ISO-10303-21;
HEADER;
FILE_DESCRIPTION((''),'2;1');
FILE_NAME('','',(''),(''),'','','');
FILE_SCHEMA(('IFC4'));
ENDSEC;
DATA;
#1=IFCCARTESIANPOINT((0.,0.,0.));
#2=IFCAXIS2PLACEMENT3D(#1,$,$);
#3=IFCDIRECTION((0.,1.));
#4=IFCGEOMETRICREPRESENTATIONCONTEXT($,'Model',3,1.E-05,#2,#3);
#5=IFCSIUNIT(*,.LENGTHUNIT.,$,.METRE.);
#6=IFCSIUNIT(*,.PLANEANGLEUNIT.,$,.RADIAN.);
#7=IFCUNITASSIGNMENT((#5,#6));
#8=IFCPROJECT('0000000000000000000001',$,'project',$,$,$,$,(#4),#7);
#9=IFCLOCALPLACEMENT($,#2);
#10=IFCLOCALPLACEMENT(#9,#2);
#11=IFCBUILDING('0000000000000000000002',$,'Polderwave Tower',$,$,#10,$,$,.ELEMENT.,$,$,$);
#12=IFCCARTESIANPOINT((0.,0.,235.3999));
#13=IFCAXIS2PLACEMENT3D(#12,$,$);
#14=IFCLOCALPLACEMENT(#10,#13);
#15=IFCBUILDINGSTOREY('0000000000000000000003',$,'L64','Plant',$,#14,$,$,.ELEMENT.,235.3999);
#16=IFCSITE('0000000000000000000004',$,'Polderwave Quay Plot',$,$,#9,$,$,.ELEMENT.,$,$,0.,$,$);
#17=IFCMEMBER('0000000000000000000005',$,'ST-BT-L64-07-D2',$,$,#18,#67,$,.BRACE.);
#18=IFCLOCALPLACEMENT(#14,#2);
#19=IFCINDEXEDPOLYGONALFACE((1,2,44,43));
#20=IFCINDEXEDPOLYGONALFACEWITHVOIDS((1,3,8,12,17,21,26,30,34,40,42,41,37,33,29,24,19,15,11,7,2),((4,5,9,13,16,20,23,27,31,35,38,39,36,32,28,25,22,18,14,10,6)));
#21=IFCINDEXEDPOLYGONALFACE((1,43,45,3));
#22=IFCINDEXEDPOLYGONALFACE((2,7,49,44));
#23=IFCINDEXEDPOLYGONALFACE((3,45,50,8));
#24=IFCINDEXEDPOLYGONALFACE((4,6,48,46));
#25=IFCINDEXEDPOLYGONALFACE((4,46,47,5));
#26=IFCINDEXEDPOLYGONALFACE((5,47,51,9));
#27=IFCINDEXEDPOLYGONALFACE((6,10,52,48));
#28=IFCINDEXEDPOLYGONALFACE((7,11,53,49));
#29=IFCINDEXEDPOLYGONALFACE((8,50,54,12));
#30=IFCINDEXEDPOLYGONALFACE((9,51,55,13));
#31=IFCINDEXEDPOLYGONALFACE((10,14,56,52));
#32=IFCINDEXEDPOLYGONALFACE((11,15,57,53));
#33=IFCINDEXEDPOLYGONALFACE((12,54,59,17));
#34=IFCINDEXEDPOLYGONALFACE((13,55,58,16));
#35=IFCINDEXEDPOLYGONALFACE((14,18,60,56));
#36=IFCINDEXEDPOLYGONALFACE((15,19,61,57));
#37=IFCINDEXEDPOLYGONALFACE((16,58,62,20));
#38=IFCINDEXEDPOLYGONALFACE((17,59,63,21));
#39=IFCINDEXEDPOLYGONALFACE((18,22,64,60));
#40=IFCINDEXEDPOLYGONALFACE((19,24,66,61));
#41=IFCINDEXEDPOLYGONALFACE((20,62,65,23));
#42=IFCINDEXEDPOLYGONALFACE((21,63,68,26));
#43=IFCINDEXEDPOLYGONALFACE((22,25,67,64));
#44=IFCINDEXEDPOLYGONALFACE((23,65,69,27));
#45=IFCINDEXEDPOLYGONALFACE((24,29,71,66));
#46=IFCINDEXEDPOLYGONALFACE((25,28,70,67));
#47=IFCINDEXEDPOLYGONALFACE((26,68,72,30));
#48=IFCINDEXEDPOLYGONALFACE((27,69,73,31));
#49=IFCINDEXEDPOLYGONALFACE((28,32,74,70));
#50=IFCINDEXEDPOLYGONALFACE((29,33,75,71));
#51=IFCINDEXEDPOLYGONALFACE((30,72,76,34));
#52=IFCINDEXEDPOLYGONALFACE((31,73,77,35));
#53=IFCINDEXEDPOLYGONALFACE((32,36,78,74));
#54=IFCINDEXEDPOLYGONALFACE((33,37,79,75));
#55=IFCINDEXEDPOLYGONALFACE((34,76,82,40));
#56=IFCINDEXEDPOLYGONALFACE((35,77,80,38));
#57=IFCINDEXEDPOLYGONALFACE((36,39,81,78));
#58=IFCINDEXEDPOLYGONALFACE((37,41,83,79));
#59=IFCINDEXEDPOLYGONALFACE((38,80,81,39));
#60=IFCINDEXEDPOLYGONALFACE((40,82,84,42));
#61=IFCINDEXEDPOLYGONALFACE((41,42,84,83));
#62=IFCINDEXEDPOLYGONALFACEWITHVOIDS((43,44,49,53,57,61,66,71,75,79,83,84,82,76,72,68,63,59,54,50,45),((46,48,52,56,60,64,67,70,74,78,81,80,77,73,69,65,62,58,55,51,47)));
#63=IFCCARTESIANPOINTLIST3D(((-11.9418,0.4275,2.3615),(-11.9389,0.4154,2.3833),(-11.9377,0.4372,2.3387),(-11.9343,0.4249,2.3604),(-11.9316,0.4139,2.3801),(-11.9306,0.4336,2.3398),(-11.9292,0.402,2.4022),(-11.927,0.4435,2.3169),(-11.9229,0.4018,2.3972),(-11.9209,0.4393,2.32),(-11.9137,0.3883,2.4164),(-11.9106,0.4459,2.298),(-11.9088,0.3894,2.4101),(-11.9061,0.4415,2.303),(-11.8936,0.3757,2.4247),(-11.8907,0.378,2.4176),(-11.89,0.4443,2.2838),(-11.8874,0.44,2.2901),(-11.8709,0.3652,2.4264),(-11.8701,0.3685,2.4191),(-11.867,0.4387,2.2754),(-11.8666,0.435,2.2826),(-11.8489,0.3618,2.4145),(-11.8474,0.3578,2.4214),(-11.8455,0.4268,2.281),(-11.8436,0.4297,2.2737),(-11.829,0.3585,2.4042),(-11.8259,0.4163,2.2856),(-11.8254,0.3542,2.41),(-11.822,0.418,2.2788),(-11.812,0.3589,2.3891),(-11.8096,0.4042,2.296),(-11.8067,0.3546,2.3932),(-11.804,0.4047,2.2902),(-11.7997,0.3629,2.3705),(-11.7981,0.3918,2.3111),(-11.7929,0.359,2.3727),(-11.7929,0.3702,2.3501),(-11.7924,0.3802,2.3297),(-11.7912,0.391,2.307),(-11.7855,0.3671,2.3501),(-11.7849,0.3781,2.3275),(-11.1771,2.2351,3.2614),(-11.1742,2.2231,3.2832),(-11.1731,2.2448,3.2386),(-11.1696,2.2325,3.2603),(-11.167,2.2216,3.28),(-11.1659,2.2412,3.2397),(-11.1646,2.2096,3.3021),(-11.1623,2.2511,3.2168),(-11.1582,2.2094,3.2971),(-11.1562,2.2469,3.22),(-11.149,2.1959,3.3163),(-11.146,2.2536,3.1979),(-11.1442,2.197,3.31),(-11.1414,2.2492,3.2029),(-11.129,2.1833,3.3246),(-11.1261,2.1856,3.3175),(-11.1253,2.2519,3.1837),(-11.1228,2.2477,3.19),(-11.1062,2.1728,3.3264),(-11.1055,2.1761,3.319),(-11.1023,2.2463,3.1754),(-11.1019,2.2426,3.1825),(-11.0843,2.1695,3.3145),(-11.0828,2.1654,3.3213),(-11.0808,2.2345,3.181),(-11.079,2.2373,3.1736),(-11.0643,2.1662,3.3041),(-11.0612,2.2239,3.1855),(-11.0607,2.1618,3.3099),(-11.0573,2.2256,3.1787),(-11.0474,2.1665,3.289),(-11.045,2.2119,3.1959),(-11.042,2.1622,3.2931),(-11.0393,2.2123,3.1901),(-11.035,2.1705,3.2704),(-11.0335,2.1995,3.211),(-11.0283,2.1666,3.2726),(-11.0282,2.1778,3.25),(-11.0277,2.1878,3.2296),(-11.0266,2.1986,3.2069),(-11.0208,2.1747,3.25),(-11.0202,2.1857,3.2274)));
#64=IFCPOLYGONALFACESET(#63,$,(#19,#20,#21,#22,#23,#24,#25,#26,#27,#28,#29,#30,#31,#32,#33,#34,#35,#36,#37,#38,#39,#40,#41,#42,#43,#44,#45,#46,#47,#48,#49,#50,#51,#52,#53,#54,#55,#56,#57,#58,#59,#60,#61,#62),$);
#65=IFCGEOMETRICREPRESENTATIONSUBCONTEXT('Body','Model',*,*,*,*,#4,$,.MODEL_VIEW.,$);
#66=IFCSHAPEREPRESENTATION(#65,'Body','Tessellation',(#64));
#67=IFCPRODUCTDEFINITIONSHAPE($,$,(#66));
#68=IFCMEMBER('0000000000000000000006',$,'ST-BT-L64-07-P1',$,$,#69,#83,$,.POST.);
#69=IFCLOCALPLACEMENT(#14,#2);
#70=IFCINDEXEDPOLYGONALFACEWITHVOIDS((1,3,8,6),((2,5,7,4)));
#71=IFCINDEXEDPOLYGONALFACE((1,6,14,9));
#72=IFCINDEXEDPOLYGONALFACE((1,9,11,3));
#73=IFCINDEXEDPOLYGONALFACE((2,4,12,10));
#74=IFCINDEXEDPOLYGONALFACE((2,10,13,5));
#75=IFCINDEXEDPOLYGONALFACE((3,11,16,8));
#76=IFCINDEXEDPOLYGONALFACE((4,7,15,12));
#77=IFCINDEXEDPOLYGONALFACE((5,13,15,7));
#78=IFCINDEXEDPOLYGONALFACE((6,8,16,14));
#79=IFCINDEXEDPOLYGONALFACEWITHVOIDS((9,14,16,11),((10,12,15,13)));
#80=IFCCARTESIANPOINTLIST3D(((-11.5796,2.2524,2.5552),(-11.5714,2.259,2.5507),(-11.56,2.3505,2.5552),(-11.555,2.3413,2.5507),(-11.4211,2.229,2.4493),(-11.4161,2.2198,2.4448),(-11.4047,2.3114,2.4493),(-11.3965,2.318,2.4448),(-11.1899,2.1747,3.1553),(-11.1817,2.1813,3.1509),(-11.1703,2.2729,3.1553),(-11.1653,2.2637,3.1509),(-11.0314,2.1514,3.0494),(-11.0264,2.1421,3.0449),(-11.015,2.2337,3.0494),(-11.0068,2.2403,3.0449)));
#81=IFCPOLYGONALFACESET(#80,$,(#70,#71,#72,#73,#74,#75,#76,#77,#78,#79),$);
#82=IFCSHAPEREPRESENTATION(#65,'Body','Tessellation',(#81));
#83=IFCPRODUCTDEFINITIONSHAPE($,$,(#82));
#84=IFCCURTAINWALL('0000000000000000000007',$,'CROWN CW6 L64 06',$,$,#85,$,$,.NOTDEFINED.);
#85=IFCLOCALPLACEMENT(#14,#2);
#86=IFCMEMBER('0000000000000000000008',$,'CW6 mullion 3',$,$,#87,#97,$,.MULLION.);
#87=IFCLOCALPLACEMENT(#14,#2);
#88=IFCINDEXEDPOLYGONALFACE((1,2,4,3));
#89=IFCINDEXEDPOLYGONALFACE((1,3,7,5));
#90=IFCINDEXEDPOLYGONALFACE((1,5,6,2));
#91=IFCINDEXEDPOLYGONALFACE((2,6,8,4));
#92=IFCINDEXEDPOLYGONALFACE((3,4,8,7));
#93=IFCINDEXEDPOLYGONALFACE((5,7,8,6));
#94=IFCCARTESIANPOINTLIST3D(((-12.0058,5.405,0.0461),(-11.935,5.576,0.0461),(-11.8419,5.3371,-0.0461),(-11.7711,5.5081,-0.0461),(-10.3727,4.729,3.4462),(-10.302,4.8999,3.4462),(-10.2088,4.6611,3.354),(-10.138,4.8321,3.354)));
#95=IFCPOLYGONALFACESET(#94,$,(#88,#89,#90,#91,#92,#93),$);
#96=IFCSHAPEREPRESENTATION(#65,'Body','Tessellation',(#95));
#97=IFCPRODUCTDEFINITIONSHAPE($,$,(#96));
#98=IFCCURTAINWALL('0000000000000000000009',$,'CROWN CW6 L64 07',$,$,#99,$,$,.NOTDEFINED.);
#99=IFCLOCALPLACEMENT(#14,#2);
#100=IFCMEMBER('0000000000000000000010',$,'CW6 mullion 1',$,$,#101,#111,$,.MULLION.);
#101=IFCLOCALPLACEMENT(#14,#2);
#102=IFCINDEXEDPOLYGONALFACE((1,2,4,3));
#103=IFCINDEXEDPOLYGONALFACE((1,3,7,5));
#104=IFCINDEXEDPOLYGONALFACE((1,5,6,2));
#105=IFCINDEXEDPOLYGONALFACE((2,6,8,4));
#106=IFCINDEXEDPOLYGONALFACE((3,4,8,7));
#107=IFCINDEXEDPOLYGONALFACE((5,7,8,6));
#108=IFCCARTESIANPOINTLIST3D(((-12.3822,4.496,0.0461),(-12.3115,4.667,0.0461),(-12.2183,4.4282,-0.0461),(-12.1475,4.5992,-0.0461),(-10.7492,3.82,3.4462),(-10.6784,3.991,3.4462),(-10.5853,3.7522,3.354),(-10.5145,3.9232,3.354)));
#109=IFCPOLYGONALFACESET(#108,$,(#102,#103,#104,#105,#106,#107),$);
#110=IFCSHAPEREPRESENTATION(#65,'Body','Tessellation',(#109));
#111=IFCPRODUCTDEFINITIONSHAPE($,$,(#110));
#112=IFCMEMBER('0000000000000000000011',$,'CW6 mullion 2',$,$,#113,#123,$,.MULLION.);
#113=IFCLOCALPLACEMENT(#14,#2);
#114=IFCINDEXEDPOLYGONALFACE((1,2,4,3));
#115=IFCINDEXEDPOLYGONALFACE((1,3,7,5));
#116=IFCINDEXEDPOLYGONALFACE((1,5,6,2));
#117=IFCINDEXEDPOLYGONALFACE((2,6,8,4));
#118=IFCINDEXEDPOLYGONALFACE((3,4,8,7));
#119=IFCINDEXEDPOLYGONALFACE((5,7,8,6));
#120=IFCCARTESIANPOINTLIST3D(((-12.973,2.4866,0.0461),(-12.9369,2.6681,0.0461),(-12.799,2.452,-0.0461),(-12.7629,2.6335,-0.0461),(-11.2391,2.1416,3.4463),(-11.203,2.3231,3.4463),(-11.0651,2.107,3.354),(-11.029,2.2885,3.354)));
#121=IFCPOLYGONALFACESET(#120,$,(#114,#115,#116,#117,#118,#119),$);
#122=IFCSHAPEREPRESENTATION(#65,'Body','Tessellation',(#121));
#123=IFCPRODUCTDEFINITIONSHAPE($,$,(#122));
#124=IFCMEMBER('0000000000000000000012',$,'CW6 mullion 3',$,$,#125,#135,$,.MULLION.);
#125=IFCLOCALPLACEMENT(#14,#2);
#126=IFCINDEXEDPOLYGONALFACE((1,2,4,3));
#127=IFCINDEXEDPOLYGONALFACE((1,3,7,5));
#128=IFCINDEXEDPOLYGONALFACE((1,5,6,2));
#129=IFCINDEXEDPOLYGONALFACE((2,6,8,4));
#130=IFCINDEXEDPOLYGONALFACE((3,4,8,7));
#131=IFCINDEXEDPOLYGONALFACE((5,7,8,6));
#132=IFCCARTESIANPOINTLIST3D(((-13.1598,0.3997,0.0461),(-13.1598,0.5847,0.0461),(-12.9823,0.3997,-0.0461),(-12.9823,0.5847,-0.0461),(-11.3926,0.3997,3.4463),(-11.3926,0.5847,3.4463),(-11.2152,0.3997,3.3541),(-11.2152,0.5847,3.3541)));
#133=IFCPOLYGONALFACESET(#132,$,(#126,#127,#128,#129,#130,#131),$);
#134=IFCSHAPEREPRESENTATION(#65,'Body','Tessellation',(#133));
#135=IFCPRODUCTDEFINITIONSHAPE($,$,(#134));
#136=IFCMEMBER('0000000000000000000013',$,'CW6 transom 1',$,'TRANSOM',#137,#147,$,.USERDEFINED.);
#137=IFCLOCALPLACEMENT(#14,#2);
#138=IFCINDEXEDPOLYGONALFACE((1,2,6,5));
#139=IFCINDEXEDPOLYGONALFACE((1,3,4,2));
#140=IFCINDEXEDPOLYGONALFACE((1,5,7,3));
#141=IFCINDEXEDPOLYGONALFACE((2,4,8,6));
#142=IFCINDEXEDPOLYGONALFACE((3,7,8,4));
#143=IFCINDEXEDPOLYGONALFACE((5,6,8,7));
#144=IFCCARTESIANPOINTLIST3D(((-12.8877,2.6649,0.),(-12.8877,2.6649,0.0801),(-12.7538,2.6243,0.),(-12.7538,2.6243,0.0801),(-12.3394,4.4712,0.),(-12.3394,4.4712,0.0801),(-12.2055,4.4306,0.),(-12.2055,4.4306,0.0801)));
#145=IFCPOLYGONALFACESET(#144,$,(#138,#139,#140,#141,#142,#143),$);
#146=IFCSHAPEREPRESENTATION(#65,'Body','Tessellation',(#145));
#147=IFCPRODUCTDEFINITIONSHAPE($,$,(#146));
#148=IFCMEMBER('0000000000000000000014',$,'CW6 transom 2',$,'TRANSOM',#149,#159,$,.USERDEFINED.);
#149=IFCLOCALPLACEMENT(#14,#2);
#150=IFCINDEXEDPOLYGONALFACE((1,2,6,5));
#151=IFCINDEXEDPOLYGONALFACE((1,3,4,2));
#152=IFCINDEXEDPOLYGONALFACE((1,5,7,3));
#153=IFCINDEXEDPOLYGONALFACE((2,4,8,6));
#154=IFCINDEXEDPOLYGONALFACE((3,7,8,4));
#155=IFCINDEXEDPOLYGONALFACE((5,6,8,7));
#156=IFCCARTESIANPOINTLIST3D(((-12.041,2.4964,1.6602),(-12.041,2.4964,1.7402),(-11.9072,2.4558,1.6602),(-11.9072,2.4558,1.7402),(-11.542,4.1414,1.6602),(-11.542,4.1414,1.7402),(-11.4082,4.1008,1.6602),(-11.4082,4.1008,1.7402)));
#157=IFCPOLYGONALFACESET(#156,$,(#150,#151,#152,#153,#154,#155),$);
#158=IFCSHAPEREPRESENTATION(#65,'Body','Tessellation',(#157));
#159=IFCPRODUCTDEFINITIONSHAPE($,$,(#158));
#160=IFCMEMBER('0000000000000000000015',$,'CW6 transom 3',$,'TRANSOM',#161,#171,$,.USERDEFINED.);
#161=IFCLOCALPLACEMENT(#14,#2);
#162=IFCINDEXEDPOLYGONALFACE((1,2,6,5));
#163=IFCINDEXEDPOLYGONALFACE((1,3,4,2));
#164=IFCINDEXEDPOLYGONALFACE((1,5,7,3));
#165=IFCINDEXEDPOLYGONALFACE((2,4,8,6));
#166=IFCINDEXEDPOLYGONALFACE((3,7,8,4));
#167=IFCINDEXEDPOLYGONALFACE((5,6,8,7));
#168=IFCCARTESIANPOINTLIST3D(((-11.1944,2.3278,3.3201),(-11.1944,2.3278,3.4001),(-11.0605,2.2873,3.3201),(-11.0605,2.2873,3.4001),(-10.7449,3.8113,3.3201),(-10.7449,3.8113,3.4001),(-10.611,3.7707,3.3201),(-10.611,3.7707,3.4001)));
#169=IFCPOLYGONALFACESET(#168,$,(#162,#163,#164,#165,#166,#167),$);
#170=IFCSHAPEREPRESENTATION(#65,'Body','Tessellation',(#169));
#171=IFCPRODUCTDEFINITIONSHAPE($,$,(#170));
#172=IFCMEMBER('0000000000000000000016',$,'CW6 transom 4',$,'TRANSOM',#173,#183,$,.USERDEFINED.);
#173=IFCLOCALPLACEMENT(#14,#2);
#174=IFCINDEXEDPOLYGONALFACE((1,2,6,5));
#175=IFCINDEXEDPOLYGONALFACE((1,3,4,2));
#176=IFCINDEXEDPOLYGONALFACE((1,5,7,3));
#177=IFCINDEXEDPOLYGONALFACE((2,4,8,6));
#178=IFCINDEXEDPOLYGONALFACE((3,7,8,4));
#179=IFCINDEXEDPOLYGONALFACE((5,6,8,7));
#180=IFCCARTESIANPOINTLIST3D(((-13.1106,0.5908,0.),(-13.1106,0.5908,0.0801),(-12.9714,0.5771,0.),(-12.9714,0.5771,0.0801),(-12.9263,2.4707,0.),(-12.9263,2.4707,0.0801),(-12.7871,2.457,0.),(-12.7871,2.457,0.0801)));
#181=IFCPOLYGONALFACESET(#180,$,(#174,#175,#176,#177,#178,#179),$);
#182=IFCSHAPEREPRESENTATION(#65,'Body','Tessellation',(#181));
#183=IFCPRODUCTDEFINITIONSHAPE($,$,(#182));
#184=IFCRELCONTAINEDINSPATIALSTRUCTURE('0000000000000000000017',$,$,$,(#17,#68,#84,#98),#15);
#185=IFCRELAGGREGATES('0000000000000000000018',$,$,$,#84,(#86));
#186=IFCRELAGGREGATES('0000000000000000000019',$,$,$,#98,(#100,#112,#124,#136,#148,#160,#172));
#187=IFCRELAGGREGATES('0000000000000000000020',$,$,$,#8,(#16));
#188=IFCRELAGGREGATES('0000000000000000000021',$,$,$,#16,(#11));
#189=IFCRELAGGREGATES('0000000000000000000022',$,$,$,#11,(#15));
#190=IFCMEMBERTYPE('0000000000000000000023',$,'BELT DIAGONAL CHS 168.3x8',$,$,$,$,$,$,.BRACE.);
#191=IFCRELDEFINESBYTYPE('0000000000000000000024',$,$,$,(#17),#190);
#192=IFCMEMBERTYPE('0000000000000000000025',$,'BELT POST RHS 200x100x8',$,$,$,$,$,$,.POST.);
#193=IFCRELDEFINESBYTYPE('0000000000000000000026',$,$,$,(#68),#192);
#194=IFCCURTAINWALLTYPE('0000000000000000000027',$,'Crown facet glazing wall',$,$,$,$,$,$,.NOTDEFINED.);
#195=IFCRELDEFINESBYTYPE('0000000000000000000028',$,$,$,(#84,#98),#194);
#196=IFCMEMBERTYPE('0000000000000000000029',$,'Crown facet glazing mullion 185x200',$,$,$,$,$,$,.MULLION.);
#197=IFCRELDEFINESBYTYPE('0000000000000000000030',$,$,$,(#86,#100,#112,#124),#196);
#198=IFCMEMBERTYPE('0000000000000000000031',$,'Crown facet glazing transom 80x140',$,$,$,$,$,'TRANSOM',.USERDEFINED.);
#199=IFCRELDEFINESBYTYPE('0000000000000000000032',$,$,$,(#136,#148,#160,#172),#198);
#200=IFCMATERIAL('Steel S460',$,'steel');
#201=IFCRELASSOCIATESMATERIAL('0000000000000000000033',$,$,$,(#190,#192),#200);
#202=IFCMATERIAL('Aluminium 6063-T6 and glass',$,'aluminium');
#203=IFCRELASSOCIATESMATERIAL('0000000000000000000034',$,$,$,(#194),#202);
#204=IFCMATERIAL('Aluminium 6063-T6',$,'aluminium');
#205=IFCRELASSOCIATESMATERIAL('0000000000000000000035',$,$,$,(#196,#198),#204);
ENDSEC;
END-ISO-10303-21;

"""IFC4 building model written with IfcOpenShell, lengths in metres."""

from ifc_helpers import new_model, si_unit, direction, frame, origin, origin_2d, place, context, subcontext, project, spatial, rectangle, hollow_rectangle, hollow_circle, extrude, material, material_profile, profile_set, type_object, element, aggregate, save


model = new_model("IFC4")

# Units and contexts
model_context = context("Model", 3, precision=1e-05, world=origin(), true_north=direction((0.0, 1.0)))
body_context = subcontext(model_context, "Body", "Model", "MODEL_VIEW")
ifc_project = project(units=[si_unit("LENGTHUNIT", "METRE"), si_unit("PLANEANGLEUNIT", "RADIAN")], contexts=[model_context])

# Site, building, storey
site_placement = place(None, origin())
site = spatial("IfcSite", under=ifc_project, at=site_placement, Name="Polderwave Quay Plot", CompositionType="ELEMENT", RefElevation=0.0)
building_placement = place(site_placement, origin())
building = spatial("IfcBuilding", under=site, at=building_placement, Name="Polderwave Tower", CompositionType="ELEMENT")
storey_placement = place(building_placement, frame((0.0, 0.0, 235.3999)))
storey = spatial("IfcBuildingStorey", under=building, at=storey_placement, Name="L64", Description="Plant", CompositionType="ELEMENT", Elevation=235.3999)

# Members
ifc_material_1 = material(Name="Steel S460", Category="steel")
ifc_material_profile_1 = material_profile(ifc_material_1, hollow_circle(Radius=0.0842, WallThickness=0.0081, at=origin_2d()), Name="CHS 168.3x8")
ifc_profile_set_1 = profile_set([ifc_material_profile_1], Name="Steel S460")
member_type_1 = type_object("IfcMemberType", Name="BELT DIAGONAL CHS 168.3x8", PredefinedType="BRACE", material=ifc_profile_set_1)
for number, where, z_axis, x_axis, name in (
    (1, (-11.0984, 2.2075, 3.25), (-0.354141, -0.837184, -0.416783), (0.920988, -0.389591, 0.0), "ST-BT-L64-07-D2"),
):
    element("IfcMember", number, at=place(storey_placement, frame(where, z_axis=z_axis, x_axis=x_axis)), inside=storey, type_object=member_type_1, Name=name, PredefinedType="BRACE", context=body_context, shape_type="SweptSolid", body=[
        extrude(hollow_circle(Radius=0.0842, WallThickness=0.0081, at=origin_2d()), origin(), (0.0, 0.0, 1.0), 2.1592),
    ])
ifc_material_profile_2 = material_profile(ifc_material_1, hollow_rectangle(XDim=0.1001, YDim=0.2, WallThickness=0.0081, at=origin_2d()), Name="RHS 200x100x8")
ifc_profile_set_2 = profile_set([ifc_material_profile_2], Name="Steel S460")
member_type_2 = type_object("IfcMemberType", Name="BELT POST RHS 200x100x8", PredefinedType="POST", material=ifc_profile_set_2)
member_1_placement = place(storey_placement, frame((-11.488, 2.2852, 2.5), z_axis=(0.541403, -0.107873, 0.833814), x_axis=(0.195407, 0.980722, 0.0)))
element("IfcMember", 2, at=member_1_placement, inside=storey, type_object=member_type_2, Name="ST-BT-L64-07-P1", PredefinedType="POST", context=body_context, shape_type="SweptSolid", body=[
    extrude(hollow_rectangle(XDim=0.1001, YDim=0.2, WallThickness=0.0081, at=origin_2d()), origin(), (0.0, 0.0, 1.0), 0.7197),
])

# Curtain wall, member
ifc_material_2 = material(Name="Aluminium 6063-T6 and glass", Category="aluminium")
curtain_wall_type = type_object("IfcCurtainWallType", Name="Crown facet glazing wall", PredefinedType="NOTDEFINED", material=ifc_material_2)
curtain_wall_1_placement = place(storey_placement, origin())
curtain_wall_1 = element("IfcCurtainWall", 3, at=curtain_wall_1_placement, inside=storey, type_object=curtain_wall_type, Name="CROWN CW6 L64 06", PredefinedType="NOTDEFINED")
ifc_material_3 = material(Name="Aluminium 6063-T6", Category="aluminium")
ifc_material_profile_3 = material_profile(ifc_material_3, rectangle(XDim=0.1851, YDim=0.2, at=origin_2d()), Name="AL 185x200")
ifc_profile_set_3 = profile_set([ifc_material_profile_3], Name="Aluminium 6063-T6")
member_type_3 = type_object("IfcMemberType", Name="Crown facet glazing mullion 185x200", PredefinedType="MULLION", material=ifc_profile_set_3)
member_2_placement = place(storey_placement, frame((-11.8884, 5.4565, 0.0), z_axis=(0.426153, -0.176412, 0.887284), x_axis=(0.382486, 0.923961, 0.0)))
member_2 = element("IfcMember", 4, at=member_2_placement, type_object=member_type_3, Name="CW6 mullion 3", PredefinedType="MULLION", context=body_context, shape_type="SweptSolid", body=[
    extrude(rectangle(XDim=0.1851, YDim=0.2, at=origin_2d()), origin(), (0.0, 0.0, 1.0), 3.832),
])
aggregate(curtain_wall_1, [member_2])

# Curtain wall, members
curtain_wall_2_placement = place(storey_placement, origin())
curtain_wall_2 = element("IfcCurtainWall", 5, at=curtain_wall_2_placement, inside=storey, type_object=curtain_wall_type, Name="CROWN CW6 L64 07", PredefinedType="NOTDEFINED")
member_3_placement = place(storey_placement, frame((-12.2649, 4.5476, 0.0), z_axis=(0.426153, -0.176412, 0.887284), x_axis=(0.382486, 0.923961, 0.0)))
member_3 = element("IfcMember", 6, at=member_3_placement, type_object=member_type_3, Name="CW6 mullion 1", PredefinedType="MULLION", context=body_context, shape_type="SweptSolid", body=[
    extrude(rectangle(XDim=0.1851, YDim=0.2, at=origin_2d()), origin(), (0.0, 0.0, 1.0), 3.832),
])
member_4_placement = place(storey_placement, frame((-12.8679, 2.5601, 0.0), z_axis=(0.452443, -0.090017, 0.887239), x_axis=(0.195133, 0.980777, 0.0)))
member_4 = element("IfcMember", 7, at=member_4_placement, type_object=member_type_3, Name="CW6 mullion 2", PredefinedType="MULLION", context=body_context, shape_type="SweptSolid", body=[
    extrude(rectangle(XDim=0.1851, YDim=0.2, at=origin_2d()), origin(), (0.0, 0.0, 1.0), 3.8323),
])
member_5_placement = place(storey_placement, frame((-13.071, 0.4922, 0.0), z_axis=(0.46115, 0.0, 0.887322), x_axis=(0.0, 1.0, 0.0)))
member_5 = element("IfcMember", 8, at=member_5_placement, type_object=member_type_3, Name="CW6 mullion 3", PredefinedType="MULLION", context=body_context, shape_type="SweptSolid", body=[
    extrude(rectangle(XDim=0.1851, YDim=0.2, at=origin_2d()), origin(), (0.0, 0.0, 1.0), 3.832),
])
ifc_material_profile_4 = material_profile(ifc_material_3, rectangle(XDim=0.1399, YDim=0.0801, at=origin_2d()), Name="AL 80x140")
ifc_profile_set_4 = profile_set([ifc_material_profile_4], Name="Aluminium 6063-T6")
member_type_4 = type_object("IfcMemberType", Name="Crown facet glazing transom 80x140", ElementType="TRANSOM", PredefinedType="USERDEFINED", material=ifc_profile_set_4)
member_6_placement = place(storey_placement, frame((-12.2725, 4.4509, 0.04), z_axis=(-0.290467, -0.956885, 0.0), x_axis=(0.956885, -0.290467, 0.0)))
member_6 = element("IfcMember", 9, at=member_6_placement, type_object=member_type_4, Name="CW6 transom 1", ObjectType="TRANSOM", PredefinedType="USERDEFINED", context=body_context, shape_type="SweptSolid", body=[
    extrude(rectangle(XDim=0.1399, YDim=0.0801, at=origin_2d()), origin(), (0.0, 0.0, 1.0), 1.8877),
])
member_7_placement = place(storey_placement, frame((-11.4751, 4.1211, 1.7002), z_axis=(-0.290291, -0.956938, 0.0), x_axis=(0.956938, -0.290291, 0.0)))
member_7 = element("IfcMember", 10, at=member_7_placement, type_object=member_type_4, Name="CW6 transom 2", ObjectType="TRANSOM", PredefinedType="USERDEFINED", context=body_context, shape_type="SweptSolid", body=[
    extrude(rectangle(XDim=0.1399, YDim=0.0801, at=origin_2d()), origin(), (0.0, 0.0, 1.0), 1.719),
])
member_8_placement = place(storey_placement, frame((-10.678, 3.791, 3.3601), z_axis=(-0.289977, -0.957034, 0.0), x_axis=(0.957034, -0.289977, 0.0)))
member_8 = element("IfcMember", 11, at=member_8_placement, type_object=member_type_4, Name="CW6 transom 3", ObjectType="TRANSOM", PredefinedType="USERDEFINED", context=body_context, shape_type="SweptSolid", body=[
    extrude(rectangle(XDim=0.1399, YDim=0.0801, at=origin_2d()), origin(), (0.0, 0.0, 1.0), 1.55),
])
member_9_placement = place(storey_placement, frame((-12.8567, 2.4639, 0.04), z_axis=(-0.097584, -0.995227, 0.0), x_axis=(0.995227, -0.097584, 0.0)))
member_9 = element("IfcMember", 12, at=member_9_placement, type_object=member_type_4, Name="CW6 transom 4", ObjectType="TRANSOM", PredefinedType="USERDEFINED", context=body_context, shape_type="SweptSolid", body=[
    extrude(rectangle(XDim=0.1399, YDim=0.0801, at=origin_2d()), origin(), (0.0, 0.0, 1.0), 1.8889),
])

aggregate(curtain_wall_2, [member_3, member_4, member_5, member_6, member_7, member_8, member_9])

save(model, "model.ifc")
